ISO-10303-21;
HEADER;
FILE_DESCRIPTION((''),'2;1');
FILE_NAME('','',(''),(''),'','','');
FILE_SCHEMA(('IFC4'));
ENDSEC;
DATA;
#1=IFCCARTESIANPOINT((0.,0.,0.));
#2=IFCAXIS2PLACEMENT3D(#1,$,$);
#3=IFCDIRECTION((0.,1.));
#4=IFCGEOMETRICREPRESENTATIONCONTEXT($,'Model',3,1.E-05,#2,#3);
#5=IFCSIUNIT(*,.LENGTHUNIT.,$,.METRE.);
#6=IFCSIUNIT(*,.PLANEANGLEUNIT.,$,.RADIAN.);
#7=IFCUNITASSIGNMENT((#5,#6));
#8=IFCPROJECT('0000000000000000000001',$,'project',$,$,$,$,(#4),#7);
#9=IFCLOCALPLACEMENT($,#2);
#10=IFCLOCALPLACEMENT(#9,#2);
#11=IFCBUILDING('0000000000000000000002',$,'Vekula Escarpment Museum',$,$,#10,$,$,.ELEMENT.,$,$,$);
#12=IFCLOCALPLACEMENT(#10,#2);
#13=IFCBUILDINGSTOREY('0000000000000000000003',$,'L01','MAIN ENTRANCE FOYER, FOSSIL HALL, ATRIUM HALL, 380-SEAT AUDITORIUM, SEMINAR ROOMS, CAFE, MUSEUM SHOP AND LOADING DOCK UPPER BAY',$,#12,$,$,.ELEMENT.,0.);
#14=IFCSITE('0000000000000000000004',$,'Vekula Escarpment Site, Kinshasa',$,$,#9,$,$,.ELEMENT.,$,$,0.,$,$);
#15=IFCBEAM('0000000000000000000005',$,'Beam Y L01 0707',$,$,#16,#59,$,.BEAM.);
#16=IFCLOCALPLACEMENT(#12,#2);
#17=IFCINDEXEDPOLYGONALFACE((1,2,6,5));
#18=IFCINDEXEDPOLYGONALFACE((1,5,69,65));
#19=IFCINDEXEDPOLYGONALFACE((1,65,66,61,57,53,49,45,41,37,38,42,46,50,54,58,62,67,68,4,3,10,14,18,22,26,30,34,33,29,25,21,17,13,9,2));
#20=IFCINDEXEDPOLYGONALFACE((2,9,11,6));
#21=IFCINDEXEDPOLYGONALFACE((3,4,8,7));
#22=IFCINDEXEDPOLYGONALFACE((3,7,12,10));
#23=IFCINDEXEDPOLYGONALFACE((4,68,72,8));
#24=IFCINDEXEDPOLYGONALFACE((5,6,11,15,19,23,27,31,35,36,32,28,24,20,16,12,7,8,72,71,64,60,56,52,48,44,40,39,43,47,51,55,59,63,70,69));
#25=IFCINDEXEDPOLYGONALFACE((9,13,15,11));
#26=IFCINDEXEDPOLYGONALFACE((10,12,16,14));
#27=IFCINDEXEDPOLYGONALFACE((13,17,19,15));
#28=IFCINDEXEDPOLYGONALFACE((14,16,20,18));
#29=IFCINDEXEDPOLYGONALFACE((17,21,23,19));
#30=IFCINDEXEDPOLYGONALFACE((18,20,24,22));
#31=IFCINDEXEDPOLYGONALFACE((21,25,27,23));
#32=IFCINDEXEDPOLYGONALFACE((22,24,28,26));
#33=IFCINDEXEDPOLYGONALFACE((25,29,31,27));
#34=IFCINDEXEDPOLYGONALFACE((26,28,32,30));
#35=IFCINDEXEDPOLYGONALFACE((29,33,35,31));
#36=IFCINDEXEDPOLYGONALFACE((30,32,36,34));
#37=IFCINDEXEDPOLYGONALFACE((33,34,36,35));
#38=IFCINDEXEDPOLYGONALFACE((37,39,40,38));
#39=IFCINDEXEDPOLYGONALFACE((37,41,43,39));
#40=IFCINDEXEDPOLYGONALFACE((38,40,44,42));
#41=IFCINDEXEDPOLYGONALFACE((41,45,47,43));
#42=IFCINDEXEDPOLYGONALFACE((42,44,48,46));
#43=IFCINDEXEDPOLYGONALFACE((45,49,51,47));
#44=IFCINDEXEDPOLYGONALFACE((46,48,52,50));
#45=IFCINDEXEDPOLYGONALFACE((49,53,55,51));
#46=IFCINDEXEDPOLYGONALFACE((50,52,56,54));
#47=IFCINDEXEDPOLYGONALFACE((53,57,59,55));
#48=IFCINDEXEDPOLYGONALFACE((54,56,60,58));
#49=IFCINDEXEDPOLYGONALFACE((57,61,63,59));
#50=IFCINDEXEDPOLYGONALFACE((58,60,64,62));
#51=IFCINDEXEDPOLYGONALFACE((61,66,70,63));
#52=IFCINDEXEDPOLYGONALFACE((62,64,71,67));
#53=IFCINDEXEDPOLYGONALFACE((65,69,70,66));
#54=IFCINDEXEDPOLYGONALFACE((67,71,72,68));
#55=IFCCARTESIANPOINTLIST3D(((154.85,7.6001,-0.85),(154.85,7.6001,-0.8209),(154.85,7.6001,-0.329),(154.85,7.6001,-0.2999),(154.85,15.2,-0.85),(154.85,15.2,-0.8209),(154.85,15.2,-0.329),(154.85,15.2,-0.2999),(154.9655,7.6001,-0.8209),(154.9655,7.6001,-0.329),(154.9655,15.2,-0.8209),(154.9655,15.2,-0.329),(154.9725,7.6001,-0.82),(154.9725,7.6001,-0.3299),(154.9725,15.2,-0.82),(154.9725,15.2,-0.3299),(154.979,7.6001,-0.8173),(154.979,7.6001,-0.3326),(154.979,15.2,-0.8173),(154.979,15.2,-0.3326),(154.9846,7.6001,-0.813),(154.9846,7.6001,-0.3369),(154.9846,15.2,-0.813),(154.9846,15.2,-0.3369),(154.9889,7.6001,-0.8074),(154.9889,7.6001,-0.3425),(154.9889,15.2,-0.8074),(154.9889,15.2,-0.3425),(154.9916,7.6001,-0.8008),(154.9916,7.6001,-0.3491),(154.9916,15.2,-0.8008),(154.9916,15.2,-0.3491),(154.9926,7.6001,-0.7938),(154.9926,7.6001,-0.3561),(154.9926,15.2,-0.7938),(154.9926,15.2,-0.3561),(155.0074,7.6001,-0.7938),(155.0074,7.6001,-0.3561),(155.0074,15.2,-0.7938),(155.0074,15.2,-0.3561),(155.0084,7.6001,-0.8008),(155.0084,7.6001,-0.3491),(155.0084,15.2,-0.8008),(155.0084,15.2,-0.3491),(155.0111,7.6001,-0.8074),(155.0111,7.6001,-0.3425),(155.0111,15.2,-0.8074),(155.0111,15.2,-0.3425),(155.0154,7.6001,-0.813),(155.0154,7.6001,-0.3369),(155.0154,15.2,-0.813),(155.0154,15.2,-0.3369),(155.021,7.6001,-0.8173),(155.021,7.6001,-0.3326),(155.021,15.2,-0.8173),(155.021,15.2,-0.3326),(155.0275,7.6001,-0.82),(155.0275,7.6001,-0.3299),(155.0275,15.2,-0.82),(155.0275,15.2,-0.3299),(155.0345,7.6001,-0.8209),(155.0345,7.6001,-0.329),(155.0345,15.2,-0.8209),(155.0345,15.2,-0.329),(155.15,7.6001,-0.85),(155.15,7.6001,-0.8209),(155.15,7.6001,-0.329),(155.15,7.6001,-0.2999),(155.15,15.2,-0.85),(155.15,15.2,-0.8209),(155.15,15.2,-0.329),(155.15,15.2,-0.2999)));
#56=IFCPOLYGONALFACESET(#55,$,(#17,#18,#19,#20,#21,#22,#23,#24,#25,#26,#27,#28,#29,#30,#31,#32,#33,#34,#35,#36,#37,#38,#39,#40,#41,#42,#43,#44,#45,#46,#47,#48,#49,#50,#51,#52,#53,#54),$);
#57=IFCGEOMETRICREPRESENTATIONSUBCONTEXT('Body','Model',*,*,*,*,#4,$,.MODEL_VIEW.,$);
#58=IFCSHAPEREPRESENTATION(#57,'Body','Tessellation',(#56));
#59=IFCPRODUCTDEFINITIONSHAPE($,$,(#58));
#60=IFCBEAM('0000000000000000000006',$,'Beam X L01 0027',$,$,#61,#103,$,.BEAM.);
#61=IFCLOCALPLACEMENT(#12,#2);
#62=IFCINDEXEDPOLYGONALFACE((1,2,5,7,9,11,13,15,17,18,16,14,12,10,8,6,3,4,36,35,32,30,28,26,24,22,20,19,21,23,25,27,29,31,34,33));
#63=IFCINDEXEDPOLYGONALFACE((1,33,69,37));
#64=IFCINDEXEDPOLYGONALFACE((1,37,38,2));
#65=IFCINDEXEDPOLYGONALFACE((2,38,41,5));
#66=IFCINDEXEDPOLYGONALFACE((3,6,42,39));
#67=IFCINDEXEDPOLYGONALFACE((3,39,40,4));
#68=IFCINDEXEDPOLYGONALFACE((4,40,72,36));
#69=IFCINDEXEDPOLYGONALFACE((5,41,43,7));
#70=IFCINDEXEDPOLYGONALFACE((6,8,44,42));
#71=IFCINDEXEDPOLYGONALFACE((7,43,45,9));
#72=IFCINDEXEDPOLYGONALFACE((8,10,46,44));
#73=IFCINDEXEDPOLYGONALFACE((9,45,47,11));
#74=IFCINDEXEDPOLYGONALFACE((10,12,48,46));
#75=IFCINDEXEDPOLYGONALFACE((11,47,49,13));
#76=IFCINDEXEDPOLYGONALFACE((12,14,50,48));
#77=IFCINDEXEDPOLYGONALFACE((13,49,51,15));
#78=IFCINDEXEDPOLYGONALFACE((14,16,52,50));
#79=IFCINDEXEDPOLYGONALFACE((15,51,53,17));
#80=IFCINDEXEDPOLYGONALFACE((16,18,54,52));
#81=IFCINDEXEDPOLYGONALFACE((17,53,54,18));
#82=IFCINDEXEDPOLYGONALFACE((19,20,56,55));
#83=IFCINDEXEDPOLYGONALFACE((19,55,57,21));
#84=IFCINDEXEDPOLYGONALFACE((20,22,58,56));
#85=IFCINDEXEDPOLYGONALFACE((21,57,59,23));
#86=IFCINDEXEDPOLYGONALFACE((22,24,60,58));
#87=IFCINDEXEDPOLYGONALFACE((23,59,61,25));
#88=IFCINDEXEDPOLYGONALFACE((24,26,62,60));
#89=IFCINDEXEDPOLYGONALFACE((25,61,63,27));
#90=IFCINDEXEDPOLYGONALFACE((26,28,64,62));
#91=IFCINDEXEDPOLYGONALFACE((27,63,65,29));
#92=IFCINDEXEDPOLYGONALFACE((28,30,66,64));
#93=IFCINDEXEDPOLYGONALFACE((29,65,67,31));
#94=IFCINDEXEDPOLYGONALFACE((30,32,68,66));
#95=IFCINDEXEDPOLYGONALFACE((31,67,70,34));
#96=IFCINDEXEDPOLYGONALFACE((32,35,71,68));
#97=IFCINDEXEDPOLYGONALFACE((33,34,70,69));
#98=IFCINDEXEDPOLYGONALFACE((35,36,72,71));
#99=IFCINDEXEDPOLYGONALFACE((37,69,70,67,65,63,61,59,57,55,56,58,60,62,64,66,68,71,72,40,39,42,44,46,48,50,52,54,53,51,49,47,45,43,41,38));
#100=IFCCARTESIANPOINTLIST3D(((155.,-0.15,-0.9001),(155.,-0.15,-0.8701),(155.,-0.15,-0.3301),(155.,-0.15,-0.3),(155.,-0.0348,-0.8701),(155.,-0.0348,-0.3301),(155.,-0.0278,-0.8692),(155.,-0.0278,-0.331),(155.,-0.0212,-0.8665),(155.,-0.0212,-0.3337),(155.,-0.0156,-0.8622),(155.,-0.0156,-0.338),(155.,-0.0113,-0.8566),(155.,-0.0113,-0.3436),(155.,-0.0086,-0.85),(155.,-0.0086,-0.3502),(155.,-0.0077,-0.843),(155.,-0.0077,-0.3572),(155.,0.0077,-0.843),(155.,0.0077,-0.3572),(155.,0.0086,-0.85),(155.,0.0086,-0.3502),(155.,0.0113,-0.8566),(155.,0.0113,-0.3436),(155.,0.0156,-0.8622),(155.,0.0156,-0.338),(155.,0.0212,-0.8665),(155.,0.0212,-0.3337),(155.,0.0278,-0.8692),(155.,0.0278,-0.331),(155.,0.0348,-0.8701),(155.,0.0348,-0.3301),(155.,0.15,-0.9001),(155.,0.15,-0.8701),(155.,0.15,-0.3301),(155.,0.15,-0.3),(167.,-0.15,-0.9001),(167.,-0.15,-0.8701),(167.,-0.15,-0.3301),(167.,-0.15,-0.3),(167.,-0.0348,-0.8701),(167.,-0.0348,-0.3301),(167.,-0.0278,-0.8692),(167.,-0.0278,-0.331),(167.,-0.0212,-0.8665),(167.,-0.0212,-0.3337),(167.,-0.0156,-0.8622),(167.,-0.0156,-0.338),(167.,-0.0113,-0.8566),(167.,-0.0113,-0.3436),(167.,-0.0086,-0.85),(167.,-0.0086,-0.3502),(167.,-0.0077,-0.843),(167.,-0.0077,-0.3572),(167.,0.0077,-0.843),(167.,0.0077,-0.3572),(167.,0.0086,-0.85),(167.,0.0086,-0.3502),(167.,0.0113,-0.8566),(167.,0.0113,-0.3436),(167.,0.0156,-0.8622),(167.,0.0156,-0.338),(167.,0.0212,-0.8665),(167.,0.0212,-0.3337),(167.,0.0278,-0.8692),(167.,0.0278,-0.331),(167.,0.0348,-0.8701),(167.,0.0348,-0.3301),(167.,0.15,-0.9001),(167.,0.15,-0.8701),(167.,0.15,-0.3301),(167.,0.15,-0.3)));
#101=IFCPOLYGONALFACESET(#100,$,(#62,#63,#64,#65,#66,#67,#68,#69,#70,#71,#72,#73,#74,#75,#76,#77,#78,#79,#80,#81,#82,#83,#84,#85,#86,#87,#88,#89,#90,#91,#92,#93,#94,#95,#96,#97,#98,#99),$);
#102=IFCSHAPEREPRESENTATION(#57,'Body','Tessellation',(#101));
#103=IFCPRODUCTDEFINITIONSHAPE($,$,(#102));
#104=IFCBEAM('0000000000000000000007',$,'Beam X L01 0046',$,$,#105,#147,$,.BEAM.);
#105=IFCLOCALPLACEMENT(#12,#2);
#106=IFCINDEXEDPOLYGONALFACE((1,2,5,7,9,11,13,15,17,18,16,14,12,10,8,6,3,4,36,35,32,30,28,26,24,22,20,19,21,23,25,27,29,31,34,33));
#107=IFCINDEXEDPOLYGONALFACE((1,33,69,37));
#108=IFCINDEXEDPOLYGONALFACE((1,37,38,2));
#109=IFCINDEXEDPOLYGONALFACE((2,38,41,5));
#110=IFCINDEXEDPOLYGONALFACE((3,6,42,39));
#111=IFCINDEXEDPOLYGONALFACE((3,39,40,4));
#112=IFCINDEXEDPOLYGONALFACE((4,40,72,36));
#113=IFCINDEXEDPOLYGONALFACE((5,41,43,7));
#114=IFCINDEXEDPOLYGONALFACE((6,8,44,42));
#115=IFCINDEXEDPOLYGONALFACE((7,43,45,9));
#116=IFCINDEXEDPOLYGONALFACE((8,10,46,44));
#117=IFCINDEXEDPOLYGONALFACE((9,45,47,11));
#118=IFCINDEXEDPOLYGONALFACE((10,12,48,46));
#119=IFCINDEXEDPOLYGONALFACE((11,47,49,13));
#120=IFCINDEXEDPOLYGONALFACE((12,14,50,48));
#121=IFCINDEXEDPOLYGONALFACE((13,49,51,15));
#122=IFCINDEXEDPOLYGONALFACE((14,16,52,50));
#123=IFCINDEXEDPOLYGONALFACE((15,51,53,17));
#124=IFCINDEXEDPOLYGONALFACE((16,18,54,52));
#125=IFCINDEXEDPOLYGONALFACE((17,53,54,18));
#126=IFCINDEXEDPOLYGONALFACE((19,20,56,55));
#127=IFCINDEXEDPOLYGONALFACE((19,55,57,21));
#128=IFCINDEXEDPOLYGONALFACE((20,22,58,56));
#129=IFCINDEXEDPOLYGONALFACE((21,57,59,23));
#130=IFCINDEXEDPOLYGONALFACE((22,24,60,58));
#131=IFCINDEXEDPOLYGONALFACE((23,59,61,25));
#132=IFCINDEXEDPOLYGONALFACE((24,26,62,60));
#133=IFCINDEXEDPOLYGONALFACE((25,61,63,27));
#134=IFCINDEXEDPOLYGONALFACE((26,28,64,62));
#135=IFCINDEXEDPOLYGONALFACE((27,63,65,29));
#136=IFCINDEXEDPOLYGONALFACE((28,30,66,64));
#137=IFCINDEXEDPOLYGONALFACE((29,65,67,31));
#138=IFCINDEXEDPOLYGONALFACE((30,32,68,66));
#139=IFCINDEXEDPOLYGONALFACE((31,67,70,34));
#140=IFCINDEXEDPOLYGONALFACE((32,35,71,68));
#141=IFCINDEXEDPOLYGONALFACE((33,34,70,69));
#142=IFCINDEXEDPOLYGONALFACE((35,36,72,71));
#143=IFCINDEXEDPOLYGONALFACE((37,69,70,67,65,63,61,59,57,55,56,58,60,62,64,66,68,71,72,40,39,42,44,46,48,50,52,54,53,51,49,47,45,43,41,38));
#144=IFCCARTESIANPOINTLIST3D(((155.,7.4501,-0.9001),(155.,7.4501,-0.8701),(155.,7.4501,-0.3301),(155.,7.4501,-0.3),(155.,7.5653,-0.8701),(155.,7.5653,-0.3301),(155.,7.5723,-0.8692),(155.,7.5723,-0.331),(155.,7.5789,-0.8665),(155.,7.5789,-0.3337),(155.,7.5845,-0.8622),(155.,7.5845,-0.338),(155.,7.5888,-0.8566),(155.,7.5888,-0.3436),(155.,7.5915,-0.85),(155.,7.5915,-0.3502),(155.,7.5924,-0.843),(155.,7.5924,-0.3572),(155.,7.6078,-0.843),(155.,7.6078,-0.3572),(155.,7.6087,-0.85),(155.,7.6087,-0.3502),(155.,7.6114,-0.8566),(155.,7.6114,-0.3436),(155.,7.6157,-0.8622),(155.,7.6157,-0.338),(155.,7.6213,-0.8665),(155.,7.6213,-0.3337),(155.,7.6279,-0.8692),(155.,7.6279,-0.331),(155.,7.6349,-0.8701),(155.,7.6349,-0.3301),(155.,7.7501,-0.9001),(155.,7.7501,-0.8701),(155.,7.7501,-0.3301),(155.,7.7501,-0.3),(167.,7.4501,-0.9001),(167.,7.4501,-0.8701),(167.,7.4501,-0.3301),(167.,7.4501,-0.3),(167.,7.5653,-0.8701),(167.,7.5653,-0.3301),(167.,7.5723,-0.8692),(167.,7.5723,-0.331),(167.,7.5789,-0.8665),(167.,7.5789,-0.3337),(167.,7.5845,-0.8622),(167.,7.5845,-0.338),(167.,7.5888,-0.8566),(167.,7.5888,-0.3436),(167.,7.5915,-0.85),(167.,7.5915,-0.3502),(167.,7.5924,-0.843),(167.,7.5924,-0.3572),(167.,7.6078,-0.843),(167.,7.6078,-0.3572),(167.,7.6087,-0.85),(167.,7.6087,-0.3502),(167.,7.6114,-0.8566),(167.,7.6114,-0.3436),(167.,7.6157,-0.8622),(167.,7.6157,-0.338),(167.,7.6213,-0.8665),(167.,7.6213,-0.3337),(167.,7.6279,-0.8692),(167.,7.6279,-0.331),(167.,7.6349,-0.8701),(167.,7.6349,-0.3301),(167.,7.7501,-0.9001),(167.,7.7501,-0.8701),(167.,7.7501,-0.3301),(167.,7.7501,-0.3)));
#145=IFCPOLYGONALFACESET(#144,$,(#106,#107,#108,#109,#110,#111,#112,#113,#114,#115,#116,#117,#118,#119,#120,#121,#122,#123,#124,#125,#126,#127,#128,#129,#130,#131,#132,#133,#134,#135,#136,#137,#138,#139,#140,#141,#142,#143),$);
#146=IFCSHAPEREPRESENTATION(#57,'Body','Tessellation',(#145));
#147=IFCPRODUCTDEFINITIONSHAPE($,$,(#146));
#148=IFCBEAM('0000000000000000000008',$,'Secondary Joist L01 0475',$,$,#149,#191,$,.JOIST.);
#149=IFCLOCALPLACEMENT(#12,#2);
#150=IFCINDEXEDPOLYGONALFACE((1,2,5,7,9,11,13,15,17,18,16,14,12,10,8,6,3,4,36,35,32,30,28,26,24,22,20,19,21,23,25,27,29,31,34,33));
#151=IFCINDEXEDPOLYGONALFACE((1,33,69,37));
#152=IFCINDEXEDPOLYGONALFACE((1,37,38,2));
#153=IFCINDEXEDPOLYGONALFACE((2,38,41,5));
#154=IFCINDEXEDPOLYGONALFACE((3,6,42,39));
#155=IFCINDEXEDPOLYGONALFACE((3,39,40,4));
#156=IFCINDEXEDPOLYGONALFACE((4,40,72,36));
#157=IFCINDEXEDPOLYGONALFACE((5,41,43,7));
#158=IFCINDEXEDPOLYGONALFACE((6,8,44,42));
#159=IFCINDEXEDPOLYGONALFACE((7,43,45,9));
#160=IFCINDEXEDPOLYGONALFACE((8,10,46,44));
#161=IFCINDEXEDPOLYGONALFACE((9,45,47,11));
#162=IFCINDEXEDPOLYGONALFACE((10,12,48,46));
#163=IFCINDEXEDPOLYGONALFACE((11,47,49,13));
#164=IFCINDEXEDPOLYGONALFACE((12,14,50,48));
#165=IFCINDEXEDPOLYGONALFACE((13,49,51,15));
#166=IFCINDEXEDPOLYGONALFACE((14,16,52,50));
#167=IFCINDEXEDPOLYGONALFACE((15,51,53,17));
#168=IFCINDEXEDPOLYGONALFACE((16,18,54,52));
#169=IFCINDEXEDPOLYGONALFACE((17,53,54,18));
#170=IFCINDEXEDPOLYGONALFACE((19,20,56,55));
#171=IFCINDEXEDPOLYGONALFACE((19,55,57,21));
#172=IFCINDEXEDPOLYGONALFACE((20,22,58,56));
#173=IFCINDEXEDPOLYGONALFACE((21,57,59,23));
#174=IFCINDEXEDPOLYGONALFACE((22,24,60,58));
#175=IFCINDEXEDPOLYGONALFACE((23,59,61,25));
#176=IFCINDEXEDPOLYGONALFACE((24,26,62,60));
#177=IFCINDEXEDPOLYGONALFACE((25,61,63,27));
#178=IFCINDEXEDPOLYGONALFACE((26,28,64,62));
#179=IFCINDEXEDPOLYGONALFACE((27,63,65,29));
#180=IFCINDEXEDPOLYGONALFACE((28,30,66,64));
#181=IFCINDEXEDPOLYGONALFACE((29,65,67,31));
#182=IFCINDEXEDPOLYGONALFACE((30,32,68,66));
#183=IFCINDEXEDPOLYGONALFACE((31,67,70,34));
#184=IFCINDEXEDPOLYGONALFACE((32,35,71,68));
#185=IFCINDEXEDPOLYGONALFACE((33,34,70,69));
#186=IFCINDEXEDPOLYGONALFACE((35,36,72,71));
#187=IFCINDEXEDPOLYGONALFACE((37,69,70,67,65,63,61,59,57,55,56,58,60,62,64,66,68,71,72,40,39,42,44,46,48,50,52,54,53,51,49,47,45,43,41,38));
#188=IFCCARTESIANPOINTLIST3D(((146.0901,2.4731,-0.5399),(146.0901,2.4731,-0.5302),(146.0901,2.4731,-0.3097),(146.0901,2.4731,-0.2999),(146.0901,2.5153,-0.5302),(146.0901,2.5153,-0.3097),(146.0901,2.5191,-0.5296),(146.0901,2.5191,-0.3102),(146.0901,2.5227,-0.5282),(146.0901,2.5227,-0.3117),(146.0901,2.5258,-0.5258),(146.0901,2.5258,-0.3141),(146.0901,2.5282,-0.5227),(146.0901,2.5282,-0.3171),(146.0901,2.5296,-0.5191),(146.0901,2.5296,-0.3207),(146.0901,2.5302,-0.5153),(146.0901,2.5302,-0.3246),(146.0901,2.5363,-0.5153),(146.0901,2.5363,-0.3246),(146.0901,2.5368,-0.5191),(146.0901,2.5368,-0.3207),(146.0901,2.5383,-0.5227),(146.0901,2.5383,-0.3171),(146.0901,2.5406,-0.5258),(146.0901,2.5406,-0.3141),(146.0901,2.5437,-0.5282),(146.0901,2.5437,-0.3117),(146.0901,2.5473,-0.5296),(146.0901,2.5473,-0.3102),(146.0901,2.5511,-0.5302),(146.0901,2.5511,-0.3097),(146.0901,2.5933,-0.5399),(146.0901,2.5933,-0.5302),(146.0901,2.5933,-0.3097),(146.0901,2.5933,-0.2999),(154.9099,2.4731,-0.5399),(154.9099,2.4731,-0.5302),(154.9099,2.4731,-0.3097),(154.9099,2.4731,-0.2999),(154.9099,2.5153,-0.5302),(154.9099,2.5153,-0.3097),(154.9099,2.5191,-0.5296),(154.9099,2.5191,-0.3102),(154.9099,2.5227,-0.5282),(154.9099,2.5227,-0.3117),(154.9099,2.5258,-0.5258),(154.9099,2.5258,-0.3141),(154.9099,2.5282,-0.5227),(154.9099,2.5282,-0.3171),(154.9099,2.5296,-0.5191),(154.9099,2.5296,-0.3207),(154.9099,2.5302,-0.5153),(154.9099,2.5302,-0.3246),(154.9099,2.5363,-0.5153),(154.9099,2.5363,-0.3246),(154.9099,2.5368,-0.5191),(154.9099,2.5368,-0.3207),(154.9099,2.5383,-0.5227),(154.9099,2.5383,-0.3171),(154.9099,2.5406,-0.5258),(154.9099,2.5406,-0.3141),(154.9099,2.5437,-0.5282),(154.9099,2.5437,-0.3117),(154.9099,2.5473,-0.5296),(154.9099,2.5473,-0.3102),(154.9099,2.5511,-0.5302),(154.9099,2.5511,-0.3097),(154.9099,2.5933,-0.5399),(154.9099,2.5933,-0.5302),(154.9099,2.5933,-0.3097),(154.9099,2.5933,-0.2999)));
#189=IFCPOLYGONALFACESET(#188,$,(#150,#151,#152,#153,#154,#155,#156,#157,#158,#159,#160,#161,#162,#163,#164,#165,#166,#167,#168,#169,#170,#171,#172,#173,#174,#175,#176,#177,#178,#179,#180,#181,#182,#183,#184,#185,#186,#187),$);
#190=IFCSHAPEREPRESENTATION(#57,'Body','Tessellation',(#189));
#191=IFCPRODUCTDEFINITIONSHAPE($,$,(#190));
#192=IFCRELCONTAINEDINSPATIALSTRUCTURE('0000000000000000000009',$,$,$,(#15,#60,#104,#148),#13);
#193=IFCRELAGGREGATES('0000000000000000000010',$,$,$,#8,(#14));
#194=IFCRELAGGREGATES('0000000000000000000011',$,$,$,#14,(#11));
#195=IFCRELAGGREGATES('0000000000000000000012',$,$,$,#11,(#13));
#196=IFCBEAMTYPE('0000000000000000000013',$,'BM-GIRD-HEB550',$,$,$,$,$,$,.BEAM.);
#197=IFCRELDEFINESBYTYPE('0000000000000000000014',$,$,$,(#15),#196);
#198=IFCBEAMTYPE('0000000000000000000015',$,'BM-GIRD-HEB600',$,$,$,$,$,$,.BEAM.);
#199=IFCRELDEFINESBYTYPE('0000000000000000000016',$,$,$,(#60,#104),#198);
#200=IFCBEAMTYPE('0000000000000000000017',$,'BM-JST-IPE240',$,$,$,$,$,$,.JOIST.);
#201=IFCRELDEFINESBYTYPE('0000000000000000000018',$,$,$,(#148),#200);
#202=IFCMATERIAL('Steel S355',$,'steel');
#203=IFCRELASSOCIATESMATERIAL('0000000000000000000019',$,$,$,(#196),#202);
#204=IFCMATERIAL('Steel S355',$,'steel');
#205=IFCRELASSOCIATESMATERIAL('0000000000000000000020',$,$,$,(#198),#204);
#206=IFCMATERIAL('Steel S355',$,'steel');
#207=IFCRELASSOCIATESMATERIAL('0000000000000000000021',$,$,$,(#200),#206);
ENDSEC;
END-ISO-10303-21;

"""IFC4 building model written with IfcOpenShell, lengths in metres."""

from ifc_helpers import new_model, si_unit, direction, frame, origin, origin_2d, place, context, subcontext, project, spatial, i_section, extrude, material, material_profile, profile_set, type_object, element, save


model = new_model("IFC4")

# Units and contexts
model_context = context("Model", 3, precision=1e-05, world=origin(), true_north=direction((0.0, 1.0)))
body_context = subcontext(model_context, "Body", "Model", "MODEL_VIEW")
ifc_project = project(units=[si_unit("LENGTHUNIT", "METRE"), si_unit("PLANEANGLEUNIT", "RADIAN")], contexts=[model_context])

# Site, building, storey
site_placement = place(None, origin())
site = spatial("IfcSite", under=ifc_project, at=site_placement, Name="Vekula Escarpment Site, Kinshasa", CompositionType="ELEMENT", RefElevation=0.0)
building_placement = place(site_placement, origin())
building = spatial("IfcBuilding", under=site, at=building_placement, Name="Vekula Escarpment Museum", CompositionType="ELEMENT")
storey_placement = place(building_placement, origin())
storey = spatial("IfcBuildingStorey", under=building, at=storey_placement, Name="L01", Description="MAIN ENTRANCE FOYER, FOSSIL HALL, ATRIUM HALL, 380-SEAT AUDITORIUM, SEMINAR ROOMS, CAFE, MUSEUM SHOP AND LOADING DOCK UPPER BAY", CompositionType="ELEMENT", Elevation=0.0)

# Beams
ifc_material_1 = material(Name="Steel S355", Category="steel")
ifc_material_profile_1 = material_profile(ifc_material_1, i_section(OverallWidth=0.3, OverallDepth=0.55, WebThickness=0.0149, FlangeThickness=0.0291, FilletRadius=0.0271, at=origin_2d()), Name="HEB 550")
ifc_profile_set_1 = profile_set([ifc_material_profile_1], Name="Steel S355")
beam_type_1 = type_object("IfcBeamType", Name="BM-GIRD-HEB550", PredefinedType="BEAM", material=ifc_profile_set_1)
beam_1_placement = place(storey_placement, frame((155.0, 7.6001, -0.575), z_axis=(0.0, 1.0, 0.0), x_axis=(-1.0, 0.0, 0.0)))
element("IfcBeam", 1, at=beam_1_placement, inside=storey, type_object=beam_type_1, Name="Beam Y L01 0707", PredefinedType="BEAM", context=body_context, shape_type="SweptSolid", body=[
    extrude(i_section(OverallWidth=0.3, OverallDepth=0.55, WebThickness=0.0149, FlangeThickness=0.0291, FilletRadius=0.0271, at=origin_2d()), origin(), (0.0, 0.0, 1.0), 7.5999),
])
ifc_material_2 = material(Name="Steel S355", Category="steel")
ifc_material_profile_2 = material_profile(ifc_material_2, i_section(OverallWidth=0.3, OverallDepth=0.6001, WebThickness=0.0154, FlangeThickness=0.03, FilletRadius=0.0271, at=origin_2d()), Name="HEB 600")
ifc_profile_set_2 = profile_set([ifc_material_profile_2], Name="Steel S355")
beam_type_2 = type_object("IfcBeamType", Name="BM-GIRD-HEB600", PredefinedType="BEAM", material=ifc_profile_set_2)
for number, where, z_axis, x_axis, name in (
    (2, (155.0, 0.0, -0.6001), (1.0, 0.0, 0.0), (0.0, 1.0, 0.0), "Beam X L01 0027"),
    (3, (155.0, 7.6001, -0.6001), (1.0, 0.0, 0.0), (0.0, 1.0, 0.0), "Beam X L01 0046"),
):
    element("IfcBeam", number, at=place(storey_placement, frame(where, z_axis=z_axis, x_axis=x_axis)), inside=storey, type_object=beam_type_2, Name=name, PredefinedType="BEAM", context=body_context, shape_type="SweptSolid", body=[
        extrude(i_section(OverallWidth=0.3, OverallDepth=0.6001, WebThickness=0.0154, FlangeThickness=0.03, FilletRadius=0.0271, at=origin_2d()), origin(), (0.0, 0.0, 1.0), 12.0),
    ])
ifc_material_3 = material(Name="Steel S355", Category="steel")
ifc_material_profile_3 = material_profile(ifc_material_3, i_section(OverallWidth=0.1201, OverallDepth=0.24, WebThickness=0.0061, FlangeThickness=0.0098, FilletRadius=0.0149, at=origin_2d()), Name="IPE 240")
ifc_profile_set_3 = profile_set([ifc_material_profile_3], Name="Steel S355")
beam_type_3 = type_object("IfcBeamType", Name="BM-JST-IPE240", PredefinedType="JOIST", material=ifc_profile_set_3)
for number, where, z_axis, x_axis, name in (
    (4, (146.0901, 2.5332, -0.4199), (1.0, 0.0, 0.0), (0.0, 1.0, 0.0), "Secondary Joist L01 0475"),
):
    element("IfcBeam", number, at=place(storey_placement, frame(where, z_axis=z_axis, x_axis=x_axis)), inside=storey, type_object=beam_type_3, Name=name, PredefinedType="JOIST", context=body_context, shape_type="SweptSolid", body=[
        extrude(i_section(OverallWidth=0.1201, OverallDepth=0.24, WebThickness=0.0061, FlangeThickness=0.0098, FilletRadius=0.0149, at=origin_2d()), origin(), (0.0, 0.0, 1.0), 8.8198),
    ])

save(model, "model.ifc")
